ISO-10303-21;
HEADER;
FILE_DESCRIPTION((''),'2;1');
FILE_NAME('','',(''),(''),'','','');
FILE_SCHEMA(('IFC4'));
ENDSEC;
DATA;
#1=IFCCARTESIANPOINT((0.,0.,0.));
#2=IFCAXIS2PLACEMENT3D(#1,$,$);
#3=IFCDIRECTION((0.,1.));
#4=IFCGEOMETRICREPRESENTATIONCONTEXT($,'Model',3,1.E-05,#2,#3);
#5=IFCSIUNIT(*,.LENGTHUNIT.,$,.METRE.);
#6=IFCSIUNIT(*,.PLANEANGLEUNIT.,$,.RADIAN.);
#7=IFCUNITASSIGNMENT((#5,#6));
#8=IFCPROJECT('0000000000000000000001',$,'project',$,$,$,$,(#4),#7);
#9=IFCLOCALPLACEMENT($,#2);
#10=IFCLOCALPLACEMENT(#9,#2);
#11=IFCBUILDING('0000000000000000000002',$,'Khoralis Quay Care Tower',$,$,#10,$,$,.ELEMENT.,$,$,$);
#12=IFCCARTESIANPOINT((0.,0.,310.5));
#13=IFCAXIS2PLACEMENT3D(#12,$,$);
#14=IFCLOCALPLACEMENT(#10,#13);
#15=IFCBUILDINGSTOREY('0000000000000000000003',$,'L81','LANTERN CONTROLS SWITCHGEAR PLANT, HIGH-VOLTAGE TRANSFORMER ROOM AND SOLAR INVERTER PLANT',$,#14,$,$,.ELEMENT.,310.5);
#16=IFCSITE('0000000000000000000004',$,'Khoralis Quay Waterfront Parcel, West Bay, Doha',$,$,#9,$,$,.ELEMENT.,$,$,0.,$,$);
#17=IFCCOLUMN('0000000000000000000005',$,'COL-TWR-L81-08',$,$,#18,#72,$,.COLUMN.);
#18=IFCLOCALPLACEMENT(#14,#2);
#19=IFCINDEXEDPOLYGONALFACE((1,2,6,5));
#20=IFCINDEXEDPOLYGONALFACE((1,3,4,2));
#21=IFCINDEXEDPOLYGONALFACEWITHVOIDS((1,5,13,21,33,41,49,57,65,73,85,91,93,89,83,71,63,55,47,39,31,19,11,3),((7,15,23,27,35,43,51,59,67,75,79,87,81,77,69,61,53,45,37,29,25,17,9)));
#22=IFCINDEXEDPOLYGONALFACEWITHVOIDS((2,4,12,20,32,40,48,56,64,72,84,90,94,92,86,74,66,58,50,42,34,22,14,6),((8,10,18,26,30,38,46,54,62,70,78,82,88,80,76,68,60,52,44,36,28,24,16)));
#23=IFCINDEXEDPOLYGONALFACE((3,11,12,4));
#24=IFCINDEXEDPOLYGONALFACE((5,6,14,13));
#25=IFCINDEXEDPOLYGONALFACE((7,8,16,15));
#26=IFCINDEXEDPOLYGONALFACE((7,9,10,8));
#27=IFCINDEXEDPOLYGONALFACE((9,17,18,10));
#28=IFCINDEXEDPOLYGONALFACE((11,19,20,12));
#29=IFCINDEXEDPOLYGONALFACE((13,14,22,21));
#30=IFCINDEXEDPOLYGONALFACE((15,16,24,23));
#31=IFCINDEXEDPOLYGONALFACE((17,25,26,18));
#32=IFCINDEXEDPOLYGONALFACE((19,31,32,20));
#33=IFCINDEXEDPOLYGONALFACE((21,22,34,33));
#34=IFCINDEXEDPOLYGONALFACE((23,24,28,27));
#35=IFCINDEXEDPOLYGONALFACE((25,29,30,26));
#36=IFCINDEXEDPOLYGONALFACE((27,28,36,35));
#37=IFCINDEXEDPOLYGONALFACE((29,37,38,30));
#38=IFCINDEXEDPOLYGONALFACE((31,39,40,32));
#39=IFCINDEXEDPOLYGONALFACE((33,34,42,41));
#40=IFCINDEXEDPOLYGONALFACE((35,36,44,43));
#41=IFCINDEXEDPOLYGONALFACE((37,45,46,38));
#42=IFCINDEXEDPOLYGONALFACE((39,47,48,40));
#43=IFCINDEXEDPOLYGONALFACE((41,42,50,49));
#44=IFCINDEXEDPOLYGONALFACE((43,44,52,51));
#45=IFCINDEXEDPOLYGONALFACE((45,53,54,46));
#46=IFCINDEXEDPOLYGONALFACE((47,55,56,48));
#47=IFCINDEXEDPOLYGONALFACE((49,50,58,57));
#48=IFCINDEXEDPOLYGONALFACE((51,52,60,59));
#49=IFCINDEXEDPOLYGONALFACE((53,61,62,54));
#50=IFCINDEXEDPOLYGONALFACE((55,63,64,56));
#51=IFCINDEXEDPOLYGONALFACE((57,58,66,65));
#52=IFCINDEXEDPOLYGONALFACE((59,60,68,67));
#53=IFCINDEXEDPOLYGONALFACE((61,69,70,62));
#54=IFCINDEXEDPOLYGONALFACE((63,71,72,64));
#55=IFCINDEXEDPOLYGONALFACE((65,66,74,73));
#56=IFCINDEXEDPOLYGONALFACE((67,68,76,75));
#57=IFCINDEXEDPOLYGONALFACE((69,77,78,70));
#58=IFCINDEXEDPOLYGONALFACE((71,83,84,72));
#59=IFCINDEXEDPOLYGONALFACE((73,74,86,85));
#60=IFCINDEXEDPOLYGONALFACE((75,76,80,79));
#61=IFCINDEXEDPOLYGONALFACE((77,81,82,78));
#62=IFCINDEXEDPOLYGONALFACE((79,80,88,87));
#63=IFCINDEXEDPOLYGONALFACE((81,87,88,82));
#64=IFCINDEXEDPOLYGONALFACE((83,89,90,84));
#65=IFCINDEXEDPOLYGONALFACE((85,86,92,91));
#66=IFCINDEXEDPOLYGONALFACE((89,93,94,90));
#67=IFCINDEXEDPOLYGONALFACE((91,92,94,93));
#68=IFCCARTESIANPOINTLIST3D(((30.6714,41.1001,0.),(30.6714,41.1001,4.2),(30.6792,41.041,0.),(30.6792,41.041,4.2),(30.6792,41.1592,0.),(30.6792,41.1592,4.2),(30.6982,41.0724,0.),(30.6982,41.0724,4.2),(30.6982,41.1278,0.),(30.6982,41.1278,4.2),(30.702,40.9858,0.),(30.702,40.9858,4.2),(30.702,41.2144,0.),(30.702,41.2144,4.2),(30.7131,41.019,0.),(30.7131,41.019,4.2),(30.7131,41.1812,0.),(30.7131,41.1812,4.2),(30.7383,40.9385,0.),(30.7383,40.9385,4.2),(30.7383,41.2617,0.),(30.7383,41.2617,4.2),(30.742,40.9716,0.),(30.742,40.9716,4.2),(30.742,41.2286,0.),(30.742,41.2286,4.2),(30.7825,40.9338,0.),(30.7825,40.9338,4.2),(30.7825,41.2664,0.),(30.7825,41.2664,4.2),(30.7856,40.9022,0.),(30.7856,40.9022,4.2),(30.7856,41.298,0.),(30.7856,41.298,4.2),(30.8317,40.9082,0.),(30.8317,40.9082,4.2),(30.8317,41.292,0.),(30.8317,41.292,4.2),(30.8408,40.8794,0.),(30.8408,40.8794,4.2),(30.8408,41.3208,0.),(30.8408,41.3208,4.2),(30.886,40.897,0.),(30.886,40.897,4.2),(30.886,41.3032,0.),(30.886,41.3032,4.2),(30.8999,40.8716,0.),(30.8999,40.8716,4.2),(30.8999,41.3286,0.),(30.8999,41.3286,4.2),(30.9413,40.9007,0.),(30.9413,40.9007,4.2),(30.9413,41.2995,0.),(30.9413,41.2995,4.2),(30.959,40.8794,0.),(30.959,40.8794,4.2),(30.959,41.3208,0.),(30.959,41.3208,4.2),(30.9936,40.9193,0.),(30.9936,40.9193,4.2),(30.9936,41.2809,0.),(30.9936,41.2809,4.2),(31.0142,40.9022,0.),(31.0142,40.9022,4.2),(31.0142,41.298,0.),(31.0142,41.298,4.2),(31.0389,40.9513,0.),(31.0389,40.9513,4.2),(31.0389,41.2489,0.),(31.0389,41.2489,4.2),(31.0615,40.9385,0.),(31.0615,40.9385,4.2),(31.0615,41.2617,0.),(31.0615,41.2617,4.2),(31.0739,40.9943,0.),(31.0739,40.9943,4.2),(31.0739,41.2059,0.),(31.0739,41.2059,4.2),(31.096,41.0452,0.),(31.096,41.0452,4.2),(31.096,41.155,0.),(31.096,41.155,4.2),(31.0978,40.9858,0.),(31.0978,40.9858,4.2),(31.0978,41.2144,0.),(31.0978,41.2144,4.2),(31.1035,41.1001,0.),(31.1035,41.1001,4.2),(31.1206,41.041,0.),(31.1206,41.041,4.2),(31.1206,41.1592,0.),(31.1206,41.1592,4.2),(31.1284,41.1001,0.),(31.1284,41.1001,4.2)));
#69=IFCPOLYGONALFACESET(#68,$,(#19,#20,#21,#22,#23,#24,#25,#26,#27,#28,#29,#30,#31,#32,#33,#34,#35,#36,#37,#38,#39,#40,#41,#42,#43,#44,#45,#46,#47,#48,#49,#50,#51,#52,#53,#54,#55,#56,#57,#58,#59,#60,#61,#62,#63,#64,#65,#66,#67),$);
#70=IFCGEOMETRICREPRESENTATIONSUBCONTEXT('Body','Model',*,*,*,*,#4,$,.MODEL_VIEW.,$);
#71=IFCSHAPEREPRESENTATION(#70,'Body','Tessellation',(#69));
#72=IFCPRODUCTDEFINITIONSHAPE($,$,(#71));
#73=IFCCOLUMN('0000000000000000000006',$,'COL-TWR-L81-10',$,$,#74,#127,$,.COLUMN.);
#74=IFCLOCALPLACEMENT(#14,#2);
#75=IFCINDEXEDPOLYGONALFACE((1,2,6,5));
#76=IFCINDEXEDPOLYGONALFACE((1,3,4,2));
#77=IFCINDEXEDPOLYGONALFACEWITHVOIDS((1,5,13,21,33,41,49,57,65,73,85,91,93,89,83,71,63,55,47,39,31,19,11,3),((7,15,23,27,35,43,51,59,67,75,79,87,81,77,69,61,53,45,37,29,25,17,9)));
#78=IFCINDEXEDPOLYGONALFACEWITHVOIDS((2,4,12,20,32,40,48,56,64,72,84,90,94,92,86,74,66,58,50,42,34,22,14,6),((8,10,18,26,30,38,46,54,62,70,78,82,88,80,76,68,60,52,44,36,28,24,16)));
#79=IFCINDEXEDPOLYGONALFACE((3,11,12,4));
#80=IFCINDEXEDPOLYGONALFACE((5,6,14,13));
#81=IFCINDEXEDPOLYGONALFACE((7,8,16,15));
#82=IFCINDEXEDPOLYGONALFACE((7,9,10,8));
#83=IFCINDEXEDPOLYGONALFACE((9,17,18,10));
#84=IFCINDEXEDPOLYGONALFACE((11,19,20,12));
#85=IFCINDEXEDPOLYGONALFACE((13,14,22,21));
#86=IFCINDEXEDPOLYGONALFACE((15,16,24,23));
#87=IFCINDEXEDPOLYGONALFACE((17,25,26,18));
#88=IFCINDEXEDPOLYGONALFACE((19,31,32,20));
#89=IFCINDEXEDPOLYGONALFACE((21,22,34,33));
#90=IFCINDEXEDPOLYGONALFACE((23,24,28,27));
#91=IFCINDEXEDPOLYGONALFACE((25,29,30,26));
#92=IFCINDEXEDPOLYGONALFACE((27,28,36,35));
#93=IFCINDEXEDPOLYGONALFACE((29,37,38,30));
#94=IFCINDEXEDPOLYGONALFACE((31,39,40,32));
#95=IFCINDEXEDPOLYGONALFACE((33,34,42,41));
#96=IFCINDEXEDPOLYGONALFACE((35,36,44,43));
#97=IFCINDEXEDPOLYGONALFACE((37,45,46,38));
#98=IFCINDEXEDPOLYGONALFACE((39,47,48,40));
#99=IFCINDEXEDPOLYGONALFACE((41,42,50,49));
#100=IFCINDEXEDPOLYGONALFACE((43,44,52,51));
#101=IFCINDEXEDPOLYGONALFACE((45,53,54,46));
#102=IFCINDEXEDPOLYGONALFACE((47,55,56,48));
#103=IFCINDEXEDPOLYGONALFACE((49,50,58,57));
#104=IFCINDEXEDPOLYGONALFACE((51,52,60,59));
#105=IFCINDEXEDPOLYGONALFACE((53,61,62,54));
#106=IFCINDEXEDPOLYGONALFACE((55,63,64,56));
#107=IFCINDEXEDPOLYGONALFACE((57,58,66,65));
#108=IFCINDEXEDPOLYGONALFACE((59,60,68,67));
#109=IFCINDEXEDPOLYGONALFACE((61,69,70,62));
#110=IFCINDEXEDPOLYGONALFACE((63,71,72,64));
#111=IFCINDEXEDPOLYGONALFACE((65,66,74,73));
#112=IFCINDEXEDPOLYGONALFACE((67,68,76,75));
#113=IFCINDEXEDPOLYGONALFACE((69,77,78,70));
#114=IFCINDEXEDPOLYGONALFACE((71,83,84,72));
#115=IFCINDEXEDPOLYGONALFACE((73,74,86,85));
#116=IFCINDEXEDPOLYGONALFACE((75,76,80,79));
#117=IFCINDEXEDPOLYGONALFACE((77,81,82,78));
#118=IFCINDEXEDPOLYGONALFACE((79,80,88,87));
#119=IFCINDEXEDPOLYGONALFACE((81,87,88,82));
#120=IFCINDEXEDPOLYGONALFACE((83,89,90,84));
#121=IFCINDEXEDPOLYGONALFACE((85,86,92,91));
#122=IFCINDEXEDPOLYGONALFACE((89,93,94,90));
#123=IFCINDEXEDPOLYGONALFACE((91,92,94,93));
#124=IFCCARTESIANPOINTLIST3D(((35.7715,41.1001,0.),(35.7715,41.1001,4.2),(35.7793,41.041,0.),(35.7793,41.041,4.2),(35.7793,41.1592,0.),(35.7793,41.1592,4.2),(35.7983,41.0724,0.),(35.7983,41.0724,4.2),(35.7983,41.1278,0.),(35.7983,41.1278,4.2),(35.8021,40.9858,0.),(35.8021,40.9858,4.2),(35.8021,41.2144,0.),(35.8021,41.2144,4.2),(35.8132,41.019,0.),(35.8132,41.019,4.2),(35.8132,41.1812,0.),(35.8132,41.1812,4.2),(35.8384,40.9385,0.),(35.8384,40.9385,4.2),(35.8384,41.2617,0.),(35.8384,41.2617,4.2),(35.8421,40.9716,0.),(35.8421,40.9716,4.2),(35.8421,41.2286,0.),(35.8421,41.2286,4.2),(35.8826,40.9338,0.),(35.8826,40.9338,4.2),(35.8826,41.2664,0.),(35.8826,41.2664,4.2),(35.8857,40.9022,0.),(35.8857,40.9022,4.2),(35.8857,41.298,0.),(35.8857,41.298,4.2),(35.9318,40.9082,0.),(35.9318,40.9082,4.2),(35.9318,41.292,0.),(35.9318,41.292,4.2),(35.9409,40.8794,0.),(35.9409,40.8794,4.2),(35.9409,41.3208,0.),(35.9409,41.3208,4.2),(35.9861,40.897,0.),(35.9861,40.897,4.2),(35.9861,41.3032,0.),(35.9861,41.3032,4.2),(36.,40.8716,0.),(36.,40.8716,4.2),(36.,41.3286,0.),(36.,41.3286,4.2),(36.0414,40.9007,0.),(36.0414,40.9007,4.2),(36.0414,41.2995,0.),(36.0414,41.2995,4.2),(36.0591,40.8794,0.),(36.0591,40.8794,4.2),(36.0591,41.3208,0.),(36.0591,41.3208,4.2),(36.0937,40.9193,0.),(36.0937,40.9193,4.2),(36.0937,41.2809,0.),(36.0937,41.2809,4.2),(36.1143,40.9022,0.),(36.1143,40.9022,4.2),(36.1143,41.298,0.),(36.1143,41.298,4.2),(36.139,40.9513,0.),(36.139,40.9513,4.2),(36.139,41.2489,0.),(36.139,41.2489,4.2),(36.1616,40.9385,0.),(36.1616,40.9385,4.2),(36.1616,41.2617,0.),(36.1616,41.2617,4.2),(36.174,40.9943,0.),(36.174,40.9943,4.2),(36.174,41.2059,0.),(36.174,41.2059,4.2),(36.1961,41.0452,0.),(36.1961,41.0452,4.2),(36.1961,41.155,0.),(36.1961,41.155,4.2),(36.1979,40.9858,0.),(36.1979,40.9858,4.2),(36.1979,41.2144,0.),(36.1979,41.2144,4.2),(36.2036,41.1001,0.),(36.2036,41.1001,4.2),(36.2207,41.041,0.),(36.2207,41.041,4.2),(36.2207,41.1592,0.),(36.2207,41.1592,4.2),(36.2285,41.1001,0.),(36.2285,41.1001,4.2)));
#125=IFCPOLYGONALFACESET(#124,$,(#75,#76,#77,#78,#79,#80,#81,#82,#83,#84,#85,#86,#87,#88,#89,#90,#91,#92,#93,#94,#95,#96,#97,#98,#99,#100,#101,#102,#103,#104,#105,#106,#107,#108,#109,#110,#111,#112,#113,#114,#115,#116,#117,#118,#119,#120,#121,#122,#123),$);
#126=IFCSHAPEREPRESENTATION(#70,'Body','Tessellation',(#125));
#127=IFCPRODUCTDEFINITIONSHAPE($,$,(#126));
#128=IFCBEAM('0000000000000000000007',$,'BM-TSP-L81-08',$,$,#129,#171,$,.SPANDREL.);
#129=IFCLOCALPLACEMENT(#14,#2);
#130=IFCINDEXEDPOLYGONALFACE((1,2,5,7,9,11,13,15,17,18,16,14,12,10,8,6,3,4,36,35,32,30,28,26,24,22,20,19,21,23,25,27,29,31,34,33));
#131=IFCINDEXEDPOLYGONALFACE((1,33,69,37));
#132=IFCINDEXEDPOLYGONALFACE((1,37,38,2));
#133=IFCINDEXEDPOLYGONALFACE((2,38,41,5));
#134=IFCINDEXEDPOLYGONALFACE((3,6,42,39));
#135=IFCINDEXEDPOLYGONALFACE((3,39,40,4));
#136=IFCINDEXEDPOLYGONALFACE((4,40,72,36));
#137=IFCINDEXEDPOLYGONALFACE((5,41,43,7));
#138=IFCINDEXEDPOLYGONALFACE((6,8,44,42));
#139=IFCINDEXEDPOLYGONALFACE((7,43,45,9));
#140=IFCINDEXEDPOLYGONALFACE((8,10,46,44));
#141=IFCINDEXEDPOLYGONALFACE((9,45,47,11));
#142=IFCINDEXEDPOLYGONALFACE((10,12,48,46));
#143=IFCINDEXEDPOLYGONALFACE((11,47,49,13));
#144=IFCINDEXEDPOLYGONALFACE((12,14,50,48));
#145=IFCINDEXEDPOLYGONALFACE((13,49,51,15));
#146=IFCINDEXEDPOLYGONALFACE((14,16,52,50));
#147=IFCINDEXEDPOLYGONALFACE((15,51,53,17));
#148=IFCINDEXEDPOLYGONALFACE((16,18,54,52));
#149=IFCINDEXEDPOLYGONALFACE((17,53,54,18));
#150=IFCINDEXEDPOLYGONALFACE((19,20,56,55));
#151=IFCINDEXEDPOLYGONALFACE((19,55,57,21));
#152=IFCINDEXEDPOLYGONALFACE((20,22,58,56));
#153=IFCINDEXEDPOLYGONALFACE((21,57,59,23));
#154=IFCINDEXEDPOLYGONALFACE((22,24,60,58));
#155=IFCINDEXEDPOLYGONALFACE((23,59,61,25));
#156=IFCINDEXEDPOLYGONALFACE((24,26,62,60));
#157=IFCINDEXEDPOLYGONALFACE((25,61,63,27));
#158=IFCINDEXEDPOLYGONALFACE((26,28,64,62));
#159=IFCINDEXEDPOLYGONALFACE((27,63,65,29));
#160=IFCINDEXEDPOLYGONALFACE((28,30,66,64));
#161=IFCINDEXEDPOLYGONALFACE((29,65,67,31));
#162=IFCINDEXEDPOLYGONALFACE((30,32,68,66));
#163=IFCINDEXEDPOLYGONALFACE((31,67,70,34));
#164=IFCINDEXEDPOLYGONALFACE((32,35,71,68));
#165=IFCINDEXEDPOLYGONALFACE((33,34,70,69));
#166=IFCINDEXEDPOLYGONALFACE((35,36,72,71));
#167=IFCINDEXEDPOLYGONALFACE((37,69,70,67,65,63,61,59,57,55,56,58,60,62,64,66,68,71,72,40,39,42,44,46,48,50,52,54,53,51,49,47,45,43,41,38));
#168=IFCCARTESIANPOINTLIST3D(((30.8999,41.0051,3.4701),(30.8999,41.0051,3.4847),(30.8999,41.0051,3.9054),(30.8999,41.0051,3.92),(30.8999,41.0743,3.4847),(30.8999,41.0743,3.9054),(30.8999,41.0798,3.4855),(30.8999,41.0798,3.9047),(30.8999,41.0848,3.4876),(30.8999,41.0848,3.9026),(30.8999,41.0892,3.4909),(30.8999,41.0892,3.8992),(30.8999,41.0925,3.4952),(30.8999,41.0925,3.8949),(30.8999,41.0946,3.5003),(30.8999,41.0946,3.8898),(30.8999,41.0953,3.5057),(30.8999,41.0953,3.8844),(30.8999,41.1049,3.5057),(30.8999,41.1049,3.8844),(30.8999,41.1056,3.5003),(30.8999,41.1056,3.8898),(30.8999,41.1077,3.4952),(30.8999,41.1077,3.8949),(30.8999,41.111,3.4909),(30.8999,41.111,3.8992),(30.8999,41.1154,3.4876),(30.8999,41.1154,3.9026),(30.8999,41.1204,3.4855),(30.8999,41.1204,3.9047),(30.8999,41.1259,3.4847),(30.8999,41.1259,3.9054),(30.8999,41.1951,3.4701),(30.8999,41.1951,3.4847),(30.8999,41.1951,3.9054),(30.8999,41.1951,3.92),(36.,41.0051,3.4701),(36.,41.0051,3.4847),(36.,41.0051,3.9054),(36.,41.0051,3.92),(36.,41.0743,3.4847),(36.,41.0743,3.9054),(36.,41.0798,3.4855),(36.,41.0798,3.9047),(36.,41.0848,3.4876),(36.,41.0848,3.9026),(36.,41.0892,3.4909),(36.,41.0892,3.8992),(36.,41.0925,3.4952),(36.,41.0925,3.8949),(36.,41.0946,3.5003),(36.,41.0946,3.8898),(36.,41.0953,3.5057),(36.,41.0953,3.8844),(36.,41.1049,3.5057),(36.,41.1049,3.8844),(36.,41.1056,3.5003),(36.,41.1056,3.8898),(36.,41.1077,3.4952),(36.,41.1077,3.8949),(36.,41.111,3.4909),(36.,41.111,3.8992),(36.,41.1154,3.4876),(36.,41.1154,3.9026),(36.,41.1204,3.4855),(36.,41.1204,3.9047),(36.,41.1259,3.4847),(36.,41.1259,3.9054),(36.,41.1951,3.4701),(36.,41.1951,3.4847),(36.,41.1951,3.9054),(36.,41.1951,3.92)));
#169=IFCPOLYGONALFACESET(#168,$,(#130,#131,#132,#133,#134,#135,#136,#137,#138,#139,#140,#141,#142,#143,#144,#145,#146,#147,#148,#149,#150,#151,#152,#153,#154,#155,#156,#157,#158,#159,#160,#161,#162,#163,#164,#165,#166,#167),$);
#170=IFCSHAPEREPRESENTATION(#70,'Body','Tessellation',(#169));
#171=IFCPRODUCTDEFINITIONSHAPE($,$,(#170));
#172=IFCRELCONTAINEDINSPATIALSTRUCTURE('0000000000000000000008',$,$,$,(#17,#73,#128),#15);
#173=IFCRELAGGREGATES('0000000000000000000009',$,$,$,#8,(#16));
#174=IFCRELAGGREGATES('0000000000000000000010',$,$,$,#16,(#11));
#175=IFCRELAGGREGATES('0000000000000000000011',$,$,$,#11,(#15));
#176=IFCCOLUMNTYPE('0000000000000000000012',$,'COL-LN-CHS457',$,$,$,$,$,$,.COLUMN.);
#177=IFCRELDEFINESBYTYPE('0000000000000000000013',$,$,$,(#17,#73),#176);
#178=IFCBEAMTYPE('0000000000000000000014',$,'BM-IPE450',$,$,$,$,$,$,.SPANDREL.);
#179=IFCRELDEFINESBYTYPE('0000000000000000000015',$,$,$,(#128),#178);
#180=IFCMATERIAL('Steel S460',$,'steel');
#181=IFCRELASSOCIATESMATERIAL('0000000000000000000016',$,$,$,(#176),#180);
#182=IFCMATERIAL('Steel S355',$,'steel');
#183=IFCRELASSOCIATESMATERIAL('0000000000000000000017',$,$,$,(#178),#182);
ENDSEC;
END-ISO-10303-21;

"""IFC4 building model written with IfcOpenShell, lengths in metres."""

from ifc_helpers import new_model, si_unit, direction, frame, origin, origin_2d, place, context, subcontext, project, spatial, hollow_circle, i_section, extrude, source, transform, mapped, material, material_profile, profile_set, type_object, element, save


model = new_model("IFC4")

# Units and contexts
model_context = context("Model", 3, precision=1e-05, world=origin(), true_north=direction((0.0, 1.0)))
body_context = subcontext(model_context, "Body", "Model", "MODEL_VIEW")
ifc_project = project(units=[si_unit("LENGTHUNIT", "METRE"), si_unit("PLANEANGLEUNIT", "RADIAN")], contexts=[model_context])

# Site, building, storey
site_placement = place(None, origin())
site = spatial("IfcSite", under=ifc_project, at=site_placement, Name="Khoralis Quay Waterfront Parcel, West Bay, Doha", CompositionType="ELEMENT", RefElevation=0.0)
building_placement = place(site_placement, origin())
building = spatial("IfcBuilding", under=site, at=building_placement, Name="Khoralis Quay Care Tower", CompositionType="ELEMENT")
storey_placement = place(building_placement, frame((0.0, 0.0, 310.5)))
storey = spatial("IfcBuildingStorey", under=building, at=storey_placement, Name="L81", Description="LANTERN CONTROLS SWITCHGEAR PLANT, HIGH-VOLTAGE TRANSFORMER ROOM AND SOLAR INVERTER PLANT", CompositionType="ELEMENT", Elevation=310.5)

# Columns
ifc_material_1 = material(Name="Steel S460", Category="steel")
ifc_material_profile_1 = material_profile(ifc_material_1, hollow_circle(Radius=0.2285, WallThickness=0.0249, at=origin_2d()), Name="Steel S460")
ifc_profile_set_1 = profile_set([ifc_material_profile_1], Name="Steel S460")
column_type = type_object("IfcColumnType", Name="COL-LN-CHS457", PredefinedType="COLUMN", material=ifc_profile_set_1)
shared_shape_1 = source(origin(), body_context, "Body", "SweptSolid", [
    extrude(hollow_circle(Radius=0.2285, WallThickness=0.0249, at=origin_2d()), origin(), (0.0, 0.0, 1.0), 4.2),
])
for number, where, z_axis, x_axis, name in (
    (1, (30.8999, 41.1001, 0.0), (0.0, 0.0, 1.0), (1.0, 0.0, 0.0), "COL-TWR-L81-08"),
    (2, (36.0, 41.1001, 0.0), (0.0, 0.0, 1.0), (1.0, 0.0, 0.0), "COL-TWR-L81-10"),
):
    element("IfcColumn", number, at=place(storey_placement, frame(where, z_axis=z_axis, x_axis=x_axis)), inside=storey, type_object=column_type, Name=name, PredefinedType="COLUMN", context=body_context, shape_type="MappedRepresentation", body=[
        mapped(shared_shape_1, transform((0.0, 0.0, 0.0), scale=1.0)),
    ])

# Beam
ifc_material_2 = material(Name="Steel S355", Category="steel")
ifc_material_profile_2 = material_profile(ifc_material_2, i_section(OverallWidth=0.1899, OverallDepth=0.45, WebThickness=0.0095, FlangeThickness=0.0146, FilletRadius=0.021, at=origin_2d()), Name="Steel S355")
ifc_profile_set_2 = profile_set([ifc_material_profile_2], Name="Steel S355")
beam_type = type_object("IfcBeamType", Name="BM-IPE450", PredefinedType="SPANDREL", material=ifc_profile_set_2)
shared_shape_2 = source(origin(), body_context, "Body", "SweptSolid", [
    extrude(i_section(OverallWidth=0.1899, OverallDepth=0.45, WebThickness=0.0095, FlangeThickness=0.0146, FilletRadius=0.021, at=origin_2d()), origin(), (0.0, 0.0, 1.0), 5.1001),
])
beam_1_placement = place(storey_placement, frame((30.8999, 41.1001, 3.6951), z_axis=(1.0, 0.0, 0.0), x_axis=(0.0, 1.0, 0.0)))
element("IfcBeam", 3, at=beam_1_placement, inside=storey, type_object=beam_type, Name="BM-TSP-L81-08", PredefinedType="SPANDREL", context=body_context, shape_type="MappedRepresentation", body=[
    mapped(shared_shape_2, transform((0.0, 0.0, 0.0), scale=1.0)),
])

save(model, "model.ifc")
